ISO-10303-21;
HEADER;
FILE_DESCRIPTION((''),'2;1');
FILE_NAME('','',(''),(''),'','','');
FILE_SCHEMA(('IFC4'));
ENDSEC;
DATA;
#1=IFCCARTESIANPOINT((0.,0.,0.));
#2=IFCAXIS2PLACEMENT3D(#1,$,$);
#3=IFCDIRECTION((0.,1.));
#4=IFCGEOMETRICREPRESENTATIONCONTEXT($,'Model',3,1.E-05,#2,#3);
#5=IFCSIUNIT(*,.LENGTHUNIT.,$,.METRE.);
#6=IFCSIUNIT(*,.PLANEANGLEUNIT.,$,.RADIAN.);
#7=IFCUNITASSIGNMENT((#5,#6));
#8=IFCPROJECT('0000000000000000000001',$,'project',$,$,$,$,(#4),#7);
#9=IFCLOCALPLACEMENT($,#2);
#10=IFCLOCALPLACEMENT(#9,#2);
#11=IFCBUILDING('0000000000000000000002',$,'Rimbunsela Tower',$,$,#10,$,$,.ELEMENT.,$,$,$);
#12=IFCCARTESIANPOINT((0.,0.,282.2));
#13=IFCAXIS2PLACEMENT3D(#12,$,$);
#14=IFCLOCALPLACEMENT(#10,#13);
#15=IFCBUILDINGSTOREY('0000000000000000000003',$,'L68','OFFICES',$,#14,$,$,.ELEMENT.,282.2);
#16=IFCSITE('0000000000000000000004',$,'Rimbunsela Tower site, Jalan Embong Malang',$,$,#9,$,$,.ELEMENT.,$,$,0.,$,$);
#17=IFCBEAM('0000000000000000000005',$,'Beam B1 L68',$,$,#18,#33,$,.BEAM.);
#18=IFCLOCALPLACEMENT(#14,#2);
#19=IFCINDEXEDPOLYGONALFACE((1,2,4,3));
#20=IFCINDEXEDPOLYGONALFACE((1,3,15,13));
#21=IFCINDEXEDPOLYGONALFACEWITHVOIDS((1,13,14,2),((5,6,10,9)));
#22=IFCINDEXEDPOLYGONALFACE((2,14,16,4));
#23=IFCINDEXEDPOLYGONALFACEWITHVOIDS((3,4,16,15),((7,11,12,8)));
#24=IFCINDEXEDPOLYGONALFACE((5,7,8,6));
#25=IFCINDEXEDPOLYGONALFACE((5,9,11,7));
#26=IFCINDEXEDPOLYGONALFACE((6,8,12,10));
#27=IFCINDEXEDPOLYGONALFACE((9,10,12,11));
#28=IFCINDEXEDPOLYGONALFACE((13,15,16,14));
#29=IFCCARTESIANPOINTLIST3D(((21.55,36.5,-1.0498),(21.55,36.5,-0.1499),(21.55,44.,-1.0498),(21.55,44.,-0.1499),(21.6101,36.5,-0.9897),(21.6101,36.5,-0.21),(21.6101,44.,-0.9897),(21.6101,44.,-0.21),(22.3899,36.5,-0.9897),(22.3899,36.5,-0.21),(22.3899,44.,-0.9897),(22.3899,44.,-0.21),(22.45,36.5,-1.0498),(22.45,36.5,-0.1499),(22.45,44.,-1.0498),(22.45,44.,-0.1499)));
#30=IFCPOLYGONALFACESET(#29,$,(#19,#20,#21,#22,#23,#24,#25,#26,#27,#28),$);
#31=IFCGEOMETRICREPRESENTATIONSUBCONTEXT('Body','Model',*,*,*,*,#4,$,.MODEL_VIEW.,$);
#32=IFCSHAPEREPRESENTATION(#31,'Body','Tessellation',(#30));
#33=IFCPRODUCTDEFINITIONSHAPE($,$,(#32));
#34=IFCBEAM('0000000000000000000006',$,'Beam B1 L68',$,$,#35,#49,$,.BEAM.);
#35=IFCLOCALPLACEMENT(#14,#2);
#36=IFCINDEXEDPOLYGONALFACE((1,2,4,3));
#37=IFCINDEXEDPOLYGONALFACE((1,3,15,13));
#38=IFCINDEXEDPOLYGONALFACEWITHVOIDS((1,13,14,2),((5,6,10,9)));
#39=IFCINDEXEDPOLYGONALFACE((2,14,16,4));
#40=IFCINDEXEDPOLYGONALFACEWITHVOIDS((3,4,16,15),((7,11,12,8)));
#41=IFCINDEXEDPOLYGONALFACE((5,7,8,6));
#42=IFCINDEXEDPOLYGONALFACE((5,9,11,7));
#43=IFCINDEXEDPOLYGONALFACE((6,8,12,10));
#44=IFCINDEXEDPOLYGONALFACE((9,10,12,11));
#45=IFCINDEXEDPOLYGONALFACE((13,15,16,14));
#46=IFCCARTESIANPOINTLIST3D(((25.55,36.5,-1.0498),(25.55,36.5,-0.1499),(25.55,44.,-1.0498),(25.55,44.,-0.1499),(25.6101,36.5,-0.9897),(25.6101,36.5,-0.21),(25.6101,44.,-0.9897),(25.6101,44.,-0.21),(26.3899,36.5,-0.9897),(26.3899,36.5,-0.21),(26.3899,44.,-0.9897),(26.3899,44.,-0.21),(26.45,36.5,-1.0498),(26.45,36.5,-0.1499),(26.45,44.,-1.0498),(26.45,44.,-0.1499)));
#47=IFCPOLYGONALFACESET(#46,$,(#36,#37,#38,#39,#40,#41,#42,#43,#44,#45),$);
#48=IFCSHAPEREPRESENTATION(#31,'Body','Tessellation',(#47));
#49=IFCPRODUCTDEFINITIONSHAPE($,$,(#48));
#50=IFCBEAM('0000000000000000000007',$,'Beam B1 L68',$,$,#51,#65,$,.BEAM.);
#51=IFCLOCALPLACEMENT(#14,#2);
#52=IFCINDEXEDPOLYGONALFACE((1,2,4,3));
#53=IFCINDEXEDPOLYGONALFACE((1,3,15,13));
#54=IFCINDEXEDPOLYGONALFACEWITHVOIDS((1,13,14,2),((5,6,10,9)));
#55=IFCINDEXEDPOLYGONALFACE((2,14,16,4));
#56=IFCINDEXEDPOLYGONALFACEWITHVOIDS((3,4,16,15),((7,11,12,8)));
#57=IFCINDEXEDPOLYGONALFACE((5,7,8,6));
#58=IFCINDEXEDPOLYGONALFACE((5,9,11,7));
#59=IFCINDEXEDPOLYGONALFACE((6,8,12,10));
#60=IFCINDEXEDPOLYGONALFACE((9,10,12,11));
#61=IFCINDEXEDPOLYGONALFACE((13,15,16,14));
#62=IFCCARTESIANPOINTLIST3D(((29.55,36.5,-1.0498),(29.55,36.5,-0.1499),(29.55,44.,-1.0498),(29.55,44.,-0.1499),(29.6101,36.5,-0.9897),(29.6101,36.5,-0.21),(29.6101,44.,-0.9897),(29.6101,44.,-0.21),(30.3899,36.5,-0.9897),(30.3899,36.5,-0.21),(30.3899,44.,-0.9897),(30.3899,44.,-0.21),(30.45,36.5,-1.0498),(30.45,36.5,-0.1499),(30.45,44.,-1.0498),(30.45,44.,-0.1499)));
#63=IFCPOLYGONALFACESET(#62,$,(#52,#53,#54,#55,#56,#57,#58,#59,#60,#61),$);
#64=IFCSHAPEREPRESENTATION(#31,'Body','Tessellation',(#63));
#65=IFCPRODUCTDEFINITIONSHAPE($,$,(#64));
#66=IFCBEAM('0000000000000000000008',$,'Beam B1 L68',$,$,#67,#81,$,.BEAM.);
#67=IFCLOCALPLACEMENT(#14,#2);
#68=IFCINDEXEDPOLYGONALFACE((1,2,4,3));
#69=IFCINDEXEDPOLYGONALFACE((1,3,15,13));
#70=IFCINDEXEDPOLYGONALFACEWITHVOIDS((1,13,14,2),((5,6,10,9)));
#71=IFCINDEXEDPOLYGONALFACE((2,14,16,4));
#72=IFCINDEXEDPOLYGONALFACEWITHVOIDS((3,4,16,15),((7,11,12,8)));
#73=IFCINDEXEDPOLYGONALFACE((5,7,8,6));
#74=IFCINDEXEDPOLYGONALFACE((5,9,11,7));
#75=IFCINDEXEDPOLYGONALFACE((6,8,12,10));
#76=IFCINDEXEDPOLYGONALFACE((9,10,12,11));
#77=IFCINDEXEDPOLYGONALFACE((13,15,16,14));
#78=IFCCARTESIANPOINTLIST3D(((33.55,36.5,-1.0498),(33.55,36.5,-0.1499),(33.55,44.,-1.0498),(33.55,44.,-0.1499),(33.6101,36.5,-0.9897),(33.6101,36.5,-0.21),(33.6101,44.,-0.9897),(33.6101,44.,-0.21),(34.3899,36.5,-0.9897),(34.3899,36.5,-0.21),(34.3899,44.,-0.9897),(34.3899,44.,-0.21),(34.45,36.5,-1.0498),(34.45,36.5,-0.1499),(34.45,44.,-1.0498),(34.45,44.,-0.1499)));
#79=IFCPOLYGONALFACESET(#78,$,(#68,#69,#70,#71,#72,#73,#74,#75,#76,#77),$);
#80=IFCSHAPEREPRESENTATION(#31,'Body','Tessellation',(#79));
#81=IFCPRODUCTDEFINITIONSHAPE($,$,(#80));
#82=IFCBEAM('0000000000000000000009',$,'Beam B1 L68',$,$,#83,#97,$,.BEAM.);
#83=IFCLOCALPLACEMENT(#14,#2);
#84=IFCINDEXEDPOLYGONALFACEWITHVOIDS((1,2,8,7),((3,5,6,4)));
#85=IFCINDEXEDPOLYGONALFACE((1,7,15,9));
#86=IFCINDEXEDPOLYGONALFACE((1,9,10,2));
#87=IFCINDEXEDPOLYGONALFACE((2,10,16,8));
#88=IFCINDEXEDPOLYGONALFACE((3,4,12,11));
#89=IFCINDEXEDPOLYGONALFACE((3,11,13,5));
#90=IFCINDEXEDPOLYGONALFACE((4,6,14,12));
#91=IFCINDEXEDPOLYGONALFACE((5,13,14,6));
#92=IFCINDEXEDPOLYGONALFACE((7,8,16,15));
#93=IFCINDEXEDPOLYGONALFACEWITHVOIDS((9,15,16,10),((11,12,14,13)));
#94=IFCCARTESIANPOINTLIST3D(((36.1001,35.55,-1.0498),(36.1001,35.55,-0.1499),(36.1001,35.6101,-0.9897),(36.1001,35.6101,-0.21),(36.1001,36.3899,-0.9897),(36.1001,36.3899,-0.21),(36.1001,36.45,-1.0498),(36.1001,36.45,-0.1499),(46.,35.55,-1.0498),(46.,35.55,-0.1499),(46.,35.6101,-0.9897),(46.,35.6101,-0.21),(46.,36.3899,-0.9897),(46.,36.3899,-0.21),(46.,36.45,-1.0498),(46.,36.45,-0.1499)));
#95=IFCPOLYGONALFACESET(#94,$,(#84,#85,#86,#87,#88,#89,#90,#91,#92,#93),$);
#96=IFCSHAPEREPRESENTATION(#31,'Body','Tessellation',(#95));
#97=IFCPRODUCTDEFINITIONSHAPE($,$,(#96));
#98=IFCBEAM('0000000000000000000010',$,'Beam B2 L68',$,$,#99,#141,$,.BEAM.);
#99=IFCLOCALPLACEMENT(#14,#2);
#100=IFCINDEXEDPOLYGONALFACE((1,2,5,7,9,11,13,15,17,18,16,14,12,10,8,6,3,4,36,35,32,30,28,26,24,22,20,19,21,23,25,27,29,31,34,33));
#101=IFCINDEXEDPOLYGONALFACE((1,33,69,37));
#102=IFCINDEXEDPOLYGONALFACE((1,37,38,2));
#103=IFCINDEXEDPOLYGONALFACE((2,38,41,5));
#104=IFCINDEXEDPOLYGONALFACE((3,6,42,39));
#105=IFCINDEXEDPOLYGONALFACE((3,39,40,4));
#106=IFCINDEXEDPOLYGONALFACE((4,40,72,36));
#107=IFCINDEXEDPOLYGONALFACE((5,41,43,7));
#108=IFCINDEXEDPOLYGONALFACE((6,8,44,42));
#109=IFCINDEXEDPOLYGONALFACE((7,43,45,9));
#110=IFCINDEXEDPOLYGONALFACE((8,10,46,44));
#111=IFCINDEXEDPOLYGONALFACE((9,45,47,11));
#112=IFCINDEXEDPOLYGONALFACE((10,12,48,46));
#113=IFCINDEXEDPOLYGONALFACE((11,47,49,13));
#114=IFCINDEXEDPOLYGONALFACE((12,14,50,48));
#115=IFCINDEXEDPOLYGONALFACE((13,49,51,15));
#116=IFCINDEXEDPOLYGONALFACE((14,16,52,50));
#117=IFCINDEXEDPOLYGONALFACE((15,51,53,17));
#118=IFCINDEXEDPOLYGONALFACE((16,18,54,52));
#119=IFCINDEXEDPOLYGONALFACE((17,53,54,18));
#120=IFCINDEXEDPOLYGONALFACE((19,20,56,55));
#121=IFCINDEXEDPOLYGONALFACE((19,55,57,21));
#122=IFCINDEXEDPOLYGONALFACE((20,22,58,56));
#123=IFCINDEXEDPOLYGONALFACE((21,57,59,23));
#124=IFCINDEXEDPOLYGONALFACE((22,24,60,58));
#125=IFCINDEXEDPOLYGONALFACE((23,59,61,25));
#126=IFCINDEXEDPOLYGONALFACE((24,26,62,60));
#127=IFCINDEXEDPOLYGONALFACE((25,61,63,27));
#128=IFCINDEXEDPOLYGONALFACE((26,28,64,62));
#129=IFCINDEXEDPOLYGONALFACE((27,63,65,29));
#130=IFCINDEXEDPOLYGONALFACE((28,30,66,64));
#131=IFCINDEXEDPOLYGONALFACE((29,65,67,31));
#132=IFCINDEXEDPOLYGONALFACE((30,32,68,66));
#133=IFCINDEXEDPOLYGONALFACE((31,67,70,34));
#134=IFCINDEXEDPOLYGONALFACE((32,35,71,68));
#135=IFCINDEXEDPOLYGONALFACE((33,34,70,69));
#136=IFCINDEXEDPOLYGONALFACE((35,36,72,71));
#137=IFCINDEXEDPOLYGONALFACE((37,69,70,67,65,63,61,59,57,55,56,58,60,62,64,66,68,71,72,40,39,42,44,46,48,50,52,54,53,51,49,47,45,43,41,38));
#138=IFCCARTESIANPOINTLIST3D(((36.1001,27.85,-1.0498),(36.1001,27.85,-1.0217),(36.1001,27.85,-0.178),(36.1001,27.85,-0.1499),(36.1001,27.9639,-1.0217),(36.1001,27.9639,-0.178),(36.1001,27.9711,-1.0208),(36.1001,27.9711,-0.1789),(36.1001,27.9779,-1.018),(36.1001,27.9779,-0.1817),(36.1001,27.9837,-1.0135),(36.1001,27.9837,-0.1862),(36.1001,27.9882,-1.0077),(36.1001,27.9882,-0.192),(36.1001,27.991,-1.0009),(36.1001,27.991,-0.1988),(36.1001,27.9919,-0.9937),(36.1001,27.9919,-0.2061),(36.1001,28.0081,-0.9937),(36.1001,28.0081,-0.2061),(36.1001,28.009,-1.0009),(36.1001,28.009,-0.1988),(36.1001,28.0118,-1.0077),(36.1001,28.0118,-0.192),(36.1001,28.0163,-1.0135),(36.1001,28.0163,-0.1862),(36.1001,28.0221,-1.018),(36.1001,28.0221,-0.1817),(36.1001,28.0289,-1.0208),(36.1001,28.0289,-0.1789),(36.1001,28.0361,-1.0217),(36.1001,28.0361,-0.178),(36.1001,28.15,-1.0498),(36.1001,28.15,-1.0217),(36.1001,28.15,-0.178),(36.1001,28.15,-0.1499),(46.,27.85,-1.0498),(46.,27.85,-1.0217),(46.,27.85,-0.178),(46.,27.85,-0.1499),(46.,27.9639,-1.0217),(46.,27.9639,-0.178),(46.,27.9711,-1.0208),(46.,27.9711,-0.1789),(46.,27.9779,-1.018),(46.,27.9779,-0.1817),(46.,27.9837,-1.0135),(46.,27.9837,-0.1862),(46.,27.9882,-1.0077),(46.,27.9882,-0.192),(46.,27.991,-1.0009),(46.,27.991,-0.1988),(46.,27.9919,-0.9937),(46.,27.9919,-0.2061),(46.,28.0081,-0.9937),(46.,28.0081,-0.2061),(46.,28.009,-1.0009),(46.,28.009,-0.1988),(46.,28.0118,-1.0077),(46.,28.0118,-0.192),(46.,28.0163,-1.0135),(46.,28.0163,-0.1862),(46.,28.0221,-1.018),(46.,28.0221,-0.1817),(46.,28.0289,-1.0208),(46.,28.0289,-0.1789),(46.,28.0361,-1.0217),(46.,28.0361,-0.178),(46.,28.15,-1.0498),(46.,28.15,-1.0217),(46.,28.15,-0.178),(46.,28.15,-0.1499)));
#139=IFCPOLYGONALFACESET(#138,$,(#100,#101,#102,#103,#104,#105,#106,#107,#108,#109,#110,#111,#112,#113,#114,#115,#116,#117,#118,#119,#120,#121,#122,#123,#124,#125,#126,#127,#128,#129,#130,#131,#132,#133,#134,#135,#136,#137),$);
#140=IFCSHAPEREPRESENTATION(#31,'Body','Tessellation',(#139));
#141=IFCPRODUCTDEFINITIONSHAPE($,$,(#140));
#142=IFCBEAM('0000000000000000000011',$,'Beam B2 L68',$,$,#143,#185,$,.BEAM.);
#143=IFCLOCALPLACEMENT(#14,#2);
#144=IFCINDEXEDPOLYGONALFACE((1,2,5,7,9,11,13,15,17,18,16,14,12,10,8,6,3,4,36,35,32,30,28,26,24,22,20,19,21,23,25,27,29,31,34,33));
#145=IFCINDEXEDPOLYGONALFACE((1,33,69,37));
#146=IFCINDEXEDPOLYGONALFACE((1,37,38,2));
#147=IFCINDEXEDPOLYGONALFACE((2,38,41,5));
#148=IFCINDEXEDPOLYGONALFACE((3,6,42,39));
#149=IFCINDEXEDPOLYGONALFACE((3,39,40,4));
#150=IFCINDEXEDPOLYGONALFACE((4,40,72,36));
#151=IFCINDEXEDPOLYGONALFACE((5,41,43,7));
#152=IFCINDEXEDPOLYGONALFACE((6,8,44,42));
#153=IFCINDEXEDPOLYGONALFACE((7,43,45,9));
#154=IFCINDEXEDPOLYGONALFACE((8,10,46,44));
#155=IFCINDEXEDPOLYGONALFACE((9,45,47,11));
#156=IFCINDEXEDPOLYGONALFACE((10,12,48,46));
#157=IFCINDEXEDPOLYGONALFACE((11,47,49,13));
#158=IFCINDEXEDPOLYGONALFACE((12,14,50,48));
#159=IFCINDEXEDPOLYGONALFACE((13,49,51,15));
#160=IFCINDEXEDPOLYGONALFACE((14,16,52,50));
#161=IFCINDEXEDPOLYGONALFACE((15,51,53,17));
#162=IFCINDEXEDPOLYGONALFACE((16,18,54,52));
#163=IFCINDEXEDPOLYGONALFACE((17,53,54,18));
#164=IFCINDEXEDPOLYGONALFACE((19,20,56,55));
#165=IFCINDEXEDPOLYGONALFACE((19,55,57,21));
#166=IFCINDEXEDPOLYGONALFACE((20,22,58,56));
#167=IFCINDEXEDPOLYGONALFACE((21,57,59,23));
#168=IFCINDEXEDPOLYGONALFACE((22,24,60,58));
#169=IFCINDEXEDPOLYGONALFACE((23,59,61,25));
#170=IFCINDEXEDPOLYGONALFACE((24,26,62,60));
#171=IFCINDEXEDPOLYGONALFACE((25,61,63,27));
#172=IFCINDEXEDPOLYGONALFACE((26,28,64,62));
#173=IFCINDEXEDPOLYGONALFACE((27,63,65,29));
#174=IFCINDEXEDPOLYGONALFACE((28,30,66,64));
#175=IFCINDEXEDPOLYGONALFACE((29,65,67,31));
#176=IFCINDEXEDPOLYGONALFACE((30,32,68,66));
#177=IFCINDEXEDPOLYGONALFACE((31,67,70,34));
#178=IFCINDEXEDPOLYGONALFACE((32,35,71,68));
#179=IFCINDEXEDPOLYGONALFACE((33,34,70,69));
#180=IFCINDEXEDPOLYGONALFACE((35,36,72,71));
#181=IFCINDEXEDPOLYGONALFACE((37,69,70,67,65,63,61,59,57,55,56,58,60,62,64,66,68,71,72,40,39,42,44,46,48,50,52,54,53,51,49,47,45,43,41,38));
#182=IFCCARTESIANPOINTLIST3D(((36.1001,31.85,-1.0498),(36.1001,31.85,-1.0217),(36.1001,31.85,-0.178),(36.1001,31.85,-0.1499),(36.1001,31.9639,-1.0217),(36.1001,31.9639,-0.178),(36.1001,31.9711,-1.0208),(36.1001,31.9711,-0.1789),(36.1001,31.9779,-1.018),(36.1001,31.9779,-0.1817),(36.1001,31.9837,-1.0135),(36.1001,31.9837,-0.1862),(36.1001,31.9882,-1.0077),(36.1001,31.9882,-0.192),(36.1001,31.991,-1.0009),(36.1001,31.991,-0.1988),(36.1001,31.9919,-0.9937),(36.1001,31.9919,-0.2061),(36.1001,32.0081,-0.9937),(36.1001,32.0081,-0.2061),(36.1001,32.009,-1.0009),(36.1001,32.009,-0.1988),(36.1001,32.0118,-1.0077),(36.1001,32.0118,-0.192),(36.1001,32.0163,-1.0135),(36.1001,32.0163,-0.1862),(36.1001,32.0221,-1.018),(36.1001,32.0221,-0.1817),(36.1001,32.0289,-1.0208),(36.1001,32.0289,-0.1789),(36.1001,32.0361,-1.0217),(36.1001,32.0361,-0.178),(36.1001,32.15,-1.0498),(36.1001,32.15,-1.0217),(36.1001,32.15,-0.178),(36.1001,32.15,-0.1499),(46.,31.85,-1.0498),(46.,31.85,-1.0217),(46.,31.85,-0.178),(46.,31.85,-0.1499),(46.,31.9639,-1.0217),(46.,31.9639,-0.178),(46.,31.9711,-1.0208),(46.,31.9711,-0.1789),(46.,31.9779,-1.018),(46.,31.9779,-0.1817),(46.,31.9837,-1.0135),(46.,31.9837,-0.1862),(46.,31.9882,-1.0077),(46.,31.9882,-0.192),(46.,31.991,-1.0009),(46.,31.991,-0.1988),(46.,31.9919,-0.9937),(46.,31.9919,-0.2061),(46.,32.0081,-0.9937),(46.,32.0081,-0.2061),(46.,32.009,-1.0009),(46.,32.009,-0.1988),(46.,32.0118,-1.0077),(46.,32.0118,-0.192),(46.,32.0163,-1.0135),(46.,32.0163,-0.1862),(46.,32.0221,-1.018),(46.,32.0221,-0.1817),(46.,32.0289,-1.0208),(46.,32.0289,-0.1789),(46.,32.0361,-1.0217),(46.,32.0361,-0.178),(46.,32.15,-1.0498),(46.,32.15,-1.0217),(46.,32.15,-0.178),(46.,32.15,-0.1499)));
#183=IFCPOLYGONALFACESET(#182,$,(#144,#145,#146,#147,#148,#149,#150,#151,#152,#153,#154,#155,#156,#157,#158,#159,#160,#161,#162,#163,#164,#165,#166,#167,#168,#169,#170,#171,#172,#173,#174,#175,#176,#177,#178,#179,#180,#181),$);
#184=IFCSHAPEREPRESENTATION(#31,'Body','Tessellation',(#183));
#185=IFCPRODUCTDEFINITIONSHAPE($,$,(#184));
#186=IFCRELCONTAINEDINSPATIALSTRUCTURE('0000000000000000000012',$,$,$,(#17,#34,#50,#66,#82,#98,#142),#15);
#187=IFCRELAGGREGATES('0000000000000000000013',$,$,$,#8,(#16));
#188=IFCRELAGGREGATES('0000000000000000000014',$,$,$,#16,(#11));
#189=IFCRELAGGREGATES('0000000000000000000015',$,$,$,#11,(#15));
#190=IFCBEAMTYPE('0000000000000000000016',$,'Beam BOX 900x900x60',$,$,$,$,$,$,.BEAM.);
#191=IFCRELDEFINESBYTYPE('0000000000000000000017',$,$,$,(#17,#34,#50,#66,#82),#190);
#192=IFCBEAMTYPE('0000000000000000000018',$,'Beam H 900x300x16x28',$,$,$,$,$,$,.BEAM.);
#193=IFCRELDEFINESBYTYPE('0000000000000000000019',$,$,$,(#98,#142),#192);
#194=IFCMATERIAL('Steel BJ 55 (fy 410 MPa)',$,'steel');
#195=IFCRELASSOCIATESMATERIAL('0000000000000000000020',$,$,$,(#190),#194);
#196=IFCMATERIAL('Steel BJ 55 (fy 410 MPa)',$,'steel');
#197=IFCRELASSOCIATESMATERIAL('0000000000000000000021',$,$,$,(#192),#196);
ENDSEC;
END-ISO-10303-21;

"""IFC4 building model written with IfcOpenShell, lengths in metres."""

from ifc_helpers import new_model, si_unit, direction, frame, origin, origin_2d, place, context, subcontext, project, spatial, hollow_rectangle, i_section, extrude, material, material_profile, profile_set, type_object, element, save


model = new_model("IFC4")

# Units and contexts
model_context = context("Model", 3, precision=1e-05, world=origin(), true_north=direction((0.0, 1.0)))
body_context = subcontext(model_context, "Body", "Model", "MODEL_VIEW")
ifc_project = project(units=[si_unit("LENGTHUNIT", "METRE"), si_unit("PLANEANGLEUNIT", "RADIAN")], contexts=[model_context])

# Site, building, storey
site_placement = place(None, origin())
site = spatial("IfcSite", under=ifc_project, at=site_placement, Name="Rimbunsela Tower site, Jalan Embong Malang", CompositionType="ELEMENT", RefElevation=0.0)
building_placement = place(site_placement, origin())
building = spatial("IfcBuilding", under=site, at=building_placement, Name="Rimbunsela Tower", CompositionType="ELEMENT")
storey_placement = place(building_placement, frame((0.0, 0.0, 282.2)))
storey = spatial("IfcBuildingStorey", under=building, at=storey_placement, Name="L68", Description="OFFICES", CompositionType="ELEMENT", Elevation=282.2)

# Beams
ifc_material_1 = material(Name="Steel BJ 55 (fy 410 MPa)", Category="steel")
ifc_material_profile_1 = material_profile(ifc_material_1, hollow_rectangle(XDim=0.8999, YDim=0.8999, WallThickness=0.0601, at=origin_2d()), Name="BOX 900x900x60")
ifc_profile_set_1 = profile_set([ifc_material_profile_1], Name="Steel BJ 55 (fy 410 MPa)")
beam_type_1 = type_object("IfcBeamType", Name="Beam BOX 900x900x60", PredefinedType="BEAM", material=ifc_profile_set_1)
for number, where, z_axis, x_axis, name in (
    (1, (22.0, 36.5, -0.5999), (0.0, 1.0, 0.0), (-1.0, 0.0, 0.0), "Beam B1 L68"),
    (2, (26.0, 36.5, -0.5999), (0.0, 1.0, 0.0), (-1.0, 0.0, 0.0), "Beam B1 L68"),
    (3, (30.0, 36.5, -0.5999), (0.0, 1.0, 0.0), (-1.0, 0.0, 0.0), "Beam B1 L68"),
    (4, (34.0, 36.5, -0.5999), (0.0, 1.0, 0.0), (-1.0, 0.0, 0.0), "Beam B1 L68"),
):
    element("IfcBeam", number, at=place(storey_placement, frame(where, z_axis=z_axis, x_axis=x_axis)), inside=storey, type_object=beam_type_1, Name=name, PredefinedType="BEAM", context=body_context, shape_type="SweptSolid", body=[
        extrude(hollow_rectangle(XDim=0.8999, YDim=0.8999, WallThickness=0.0601, at=origin_2d()), origin(), (0.0, 0.0, 1.0), 7.5),
    ])
beam_placement = place(storey_placement, frame((36.1001, 36.0, -0.5999), z_axis=(1.0, 0.0, 0.0), x_axis=(0.0, 1.0, 0.0)))
element("IfcBeam", 5, at=beam_placement, inside=storey, type_object=beam_type_1, Name="Beam B1 L68", PredefinedType="BEAM", context=body_context, shape_type="SweptSolid", body=[
    extrude(hollow_rectangle(XDim=0.8999, YDim=0.8999, WallThickness=0.0601, at=origin_2d()), origin(), (0.0, 0.0, 1.0), 9.8999),
])
ifc_material_2 = material(Name="Steel BJ 55 (fy 410 MPa)", Category="steel")
ifc_material_profile_2 = material_profile(ifc_material_2, i_section(OverallWidth=0.3, OverallDepth=0.8999, WebThickness=0.0161, FlangeThickness=0.0281, FilletRadius=0.0281, at=origin_2d()), Name="H 900x300x16x28")
ifc_profile_set_2 = profile_set([ifc_material_profile_2], Name="Steel BJ 55 (fy 410 MPa)")
beam_type_2 = type_object("IfcBeamType", Name="Beam H 900x300x16x28", PredefinedType="BEAM", material=ifc_profile_set_2)
for number, where, z_axis, x_axis, name in (
    (6, (36.1001, 28.0, -0.5999), (1.0, 0.0, 0.0), (0.0, 1.0, 0.0), "Beam B2 L68"),
    (7, (36.1001, 32.0, -0.5999), (1.0, 0.0, 0.0), (0.0, 1.0, 0.0), "Beam B2 L68"),
):
    element("IfcBeam", number, at=place(storey_placement, frame(where, z_axis=z_axis, x_axis=x_axis)), inside=storey, type_object=beam_type_2, Name=name, PredefinedType="BEAM", context=body_context, shape_type="SweptSolid", body=[
        extrude(i_section(OverallWidth=0.3, OverallDepth=0.8999, WebThickness=0.0161, FlangeThickness=0.0281, FilletRadius=0.0281, at=origin_2d()), origin(), (0.0, 0.0, 1.0), 9.8999),
    ])

save(model, "model.ifc")
